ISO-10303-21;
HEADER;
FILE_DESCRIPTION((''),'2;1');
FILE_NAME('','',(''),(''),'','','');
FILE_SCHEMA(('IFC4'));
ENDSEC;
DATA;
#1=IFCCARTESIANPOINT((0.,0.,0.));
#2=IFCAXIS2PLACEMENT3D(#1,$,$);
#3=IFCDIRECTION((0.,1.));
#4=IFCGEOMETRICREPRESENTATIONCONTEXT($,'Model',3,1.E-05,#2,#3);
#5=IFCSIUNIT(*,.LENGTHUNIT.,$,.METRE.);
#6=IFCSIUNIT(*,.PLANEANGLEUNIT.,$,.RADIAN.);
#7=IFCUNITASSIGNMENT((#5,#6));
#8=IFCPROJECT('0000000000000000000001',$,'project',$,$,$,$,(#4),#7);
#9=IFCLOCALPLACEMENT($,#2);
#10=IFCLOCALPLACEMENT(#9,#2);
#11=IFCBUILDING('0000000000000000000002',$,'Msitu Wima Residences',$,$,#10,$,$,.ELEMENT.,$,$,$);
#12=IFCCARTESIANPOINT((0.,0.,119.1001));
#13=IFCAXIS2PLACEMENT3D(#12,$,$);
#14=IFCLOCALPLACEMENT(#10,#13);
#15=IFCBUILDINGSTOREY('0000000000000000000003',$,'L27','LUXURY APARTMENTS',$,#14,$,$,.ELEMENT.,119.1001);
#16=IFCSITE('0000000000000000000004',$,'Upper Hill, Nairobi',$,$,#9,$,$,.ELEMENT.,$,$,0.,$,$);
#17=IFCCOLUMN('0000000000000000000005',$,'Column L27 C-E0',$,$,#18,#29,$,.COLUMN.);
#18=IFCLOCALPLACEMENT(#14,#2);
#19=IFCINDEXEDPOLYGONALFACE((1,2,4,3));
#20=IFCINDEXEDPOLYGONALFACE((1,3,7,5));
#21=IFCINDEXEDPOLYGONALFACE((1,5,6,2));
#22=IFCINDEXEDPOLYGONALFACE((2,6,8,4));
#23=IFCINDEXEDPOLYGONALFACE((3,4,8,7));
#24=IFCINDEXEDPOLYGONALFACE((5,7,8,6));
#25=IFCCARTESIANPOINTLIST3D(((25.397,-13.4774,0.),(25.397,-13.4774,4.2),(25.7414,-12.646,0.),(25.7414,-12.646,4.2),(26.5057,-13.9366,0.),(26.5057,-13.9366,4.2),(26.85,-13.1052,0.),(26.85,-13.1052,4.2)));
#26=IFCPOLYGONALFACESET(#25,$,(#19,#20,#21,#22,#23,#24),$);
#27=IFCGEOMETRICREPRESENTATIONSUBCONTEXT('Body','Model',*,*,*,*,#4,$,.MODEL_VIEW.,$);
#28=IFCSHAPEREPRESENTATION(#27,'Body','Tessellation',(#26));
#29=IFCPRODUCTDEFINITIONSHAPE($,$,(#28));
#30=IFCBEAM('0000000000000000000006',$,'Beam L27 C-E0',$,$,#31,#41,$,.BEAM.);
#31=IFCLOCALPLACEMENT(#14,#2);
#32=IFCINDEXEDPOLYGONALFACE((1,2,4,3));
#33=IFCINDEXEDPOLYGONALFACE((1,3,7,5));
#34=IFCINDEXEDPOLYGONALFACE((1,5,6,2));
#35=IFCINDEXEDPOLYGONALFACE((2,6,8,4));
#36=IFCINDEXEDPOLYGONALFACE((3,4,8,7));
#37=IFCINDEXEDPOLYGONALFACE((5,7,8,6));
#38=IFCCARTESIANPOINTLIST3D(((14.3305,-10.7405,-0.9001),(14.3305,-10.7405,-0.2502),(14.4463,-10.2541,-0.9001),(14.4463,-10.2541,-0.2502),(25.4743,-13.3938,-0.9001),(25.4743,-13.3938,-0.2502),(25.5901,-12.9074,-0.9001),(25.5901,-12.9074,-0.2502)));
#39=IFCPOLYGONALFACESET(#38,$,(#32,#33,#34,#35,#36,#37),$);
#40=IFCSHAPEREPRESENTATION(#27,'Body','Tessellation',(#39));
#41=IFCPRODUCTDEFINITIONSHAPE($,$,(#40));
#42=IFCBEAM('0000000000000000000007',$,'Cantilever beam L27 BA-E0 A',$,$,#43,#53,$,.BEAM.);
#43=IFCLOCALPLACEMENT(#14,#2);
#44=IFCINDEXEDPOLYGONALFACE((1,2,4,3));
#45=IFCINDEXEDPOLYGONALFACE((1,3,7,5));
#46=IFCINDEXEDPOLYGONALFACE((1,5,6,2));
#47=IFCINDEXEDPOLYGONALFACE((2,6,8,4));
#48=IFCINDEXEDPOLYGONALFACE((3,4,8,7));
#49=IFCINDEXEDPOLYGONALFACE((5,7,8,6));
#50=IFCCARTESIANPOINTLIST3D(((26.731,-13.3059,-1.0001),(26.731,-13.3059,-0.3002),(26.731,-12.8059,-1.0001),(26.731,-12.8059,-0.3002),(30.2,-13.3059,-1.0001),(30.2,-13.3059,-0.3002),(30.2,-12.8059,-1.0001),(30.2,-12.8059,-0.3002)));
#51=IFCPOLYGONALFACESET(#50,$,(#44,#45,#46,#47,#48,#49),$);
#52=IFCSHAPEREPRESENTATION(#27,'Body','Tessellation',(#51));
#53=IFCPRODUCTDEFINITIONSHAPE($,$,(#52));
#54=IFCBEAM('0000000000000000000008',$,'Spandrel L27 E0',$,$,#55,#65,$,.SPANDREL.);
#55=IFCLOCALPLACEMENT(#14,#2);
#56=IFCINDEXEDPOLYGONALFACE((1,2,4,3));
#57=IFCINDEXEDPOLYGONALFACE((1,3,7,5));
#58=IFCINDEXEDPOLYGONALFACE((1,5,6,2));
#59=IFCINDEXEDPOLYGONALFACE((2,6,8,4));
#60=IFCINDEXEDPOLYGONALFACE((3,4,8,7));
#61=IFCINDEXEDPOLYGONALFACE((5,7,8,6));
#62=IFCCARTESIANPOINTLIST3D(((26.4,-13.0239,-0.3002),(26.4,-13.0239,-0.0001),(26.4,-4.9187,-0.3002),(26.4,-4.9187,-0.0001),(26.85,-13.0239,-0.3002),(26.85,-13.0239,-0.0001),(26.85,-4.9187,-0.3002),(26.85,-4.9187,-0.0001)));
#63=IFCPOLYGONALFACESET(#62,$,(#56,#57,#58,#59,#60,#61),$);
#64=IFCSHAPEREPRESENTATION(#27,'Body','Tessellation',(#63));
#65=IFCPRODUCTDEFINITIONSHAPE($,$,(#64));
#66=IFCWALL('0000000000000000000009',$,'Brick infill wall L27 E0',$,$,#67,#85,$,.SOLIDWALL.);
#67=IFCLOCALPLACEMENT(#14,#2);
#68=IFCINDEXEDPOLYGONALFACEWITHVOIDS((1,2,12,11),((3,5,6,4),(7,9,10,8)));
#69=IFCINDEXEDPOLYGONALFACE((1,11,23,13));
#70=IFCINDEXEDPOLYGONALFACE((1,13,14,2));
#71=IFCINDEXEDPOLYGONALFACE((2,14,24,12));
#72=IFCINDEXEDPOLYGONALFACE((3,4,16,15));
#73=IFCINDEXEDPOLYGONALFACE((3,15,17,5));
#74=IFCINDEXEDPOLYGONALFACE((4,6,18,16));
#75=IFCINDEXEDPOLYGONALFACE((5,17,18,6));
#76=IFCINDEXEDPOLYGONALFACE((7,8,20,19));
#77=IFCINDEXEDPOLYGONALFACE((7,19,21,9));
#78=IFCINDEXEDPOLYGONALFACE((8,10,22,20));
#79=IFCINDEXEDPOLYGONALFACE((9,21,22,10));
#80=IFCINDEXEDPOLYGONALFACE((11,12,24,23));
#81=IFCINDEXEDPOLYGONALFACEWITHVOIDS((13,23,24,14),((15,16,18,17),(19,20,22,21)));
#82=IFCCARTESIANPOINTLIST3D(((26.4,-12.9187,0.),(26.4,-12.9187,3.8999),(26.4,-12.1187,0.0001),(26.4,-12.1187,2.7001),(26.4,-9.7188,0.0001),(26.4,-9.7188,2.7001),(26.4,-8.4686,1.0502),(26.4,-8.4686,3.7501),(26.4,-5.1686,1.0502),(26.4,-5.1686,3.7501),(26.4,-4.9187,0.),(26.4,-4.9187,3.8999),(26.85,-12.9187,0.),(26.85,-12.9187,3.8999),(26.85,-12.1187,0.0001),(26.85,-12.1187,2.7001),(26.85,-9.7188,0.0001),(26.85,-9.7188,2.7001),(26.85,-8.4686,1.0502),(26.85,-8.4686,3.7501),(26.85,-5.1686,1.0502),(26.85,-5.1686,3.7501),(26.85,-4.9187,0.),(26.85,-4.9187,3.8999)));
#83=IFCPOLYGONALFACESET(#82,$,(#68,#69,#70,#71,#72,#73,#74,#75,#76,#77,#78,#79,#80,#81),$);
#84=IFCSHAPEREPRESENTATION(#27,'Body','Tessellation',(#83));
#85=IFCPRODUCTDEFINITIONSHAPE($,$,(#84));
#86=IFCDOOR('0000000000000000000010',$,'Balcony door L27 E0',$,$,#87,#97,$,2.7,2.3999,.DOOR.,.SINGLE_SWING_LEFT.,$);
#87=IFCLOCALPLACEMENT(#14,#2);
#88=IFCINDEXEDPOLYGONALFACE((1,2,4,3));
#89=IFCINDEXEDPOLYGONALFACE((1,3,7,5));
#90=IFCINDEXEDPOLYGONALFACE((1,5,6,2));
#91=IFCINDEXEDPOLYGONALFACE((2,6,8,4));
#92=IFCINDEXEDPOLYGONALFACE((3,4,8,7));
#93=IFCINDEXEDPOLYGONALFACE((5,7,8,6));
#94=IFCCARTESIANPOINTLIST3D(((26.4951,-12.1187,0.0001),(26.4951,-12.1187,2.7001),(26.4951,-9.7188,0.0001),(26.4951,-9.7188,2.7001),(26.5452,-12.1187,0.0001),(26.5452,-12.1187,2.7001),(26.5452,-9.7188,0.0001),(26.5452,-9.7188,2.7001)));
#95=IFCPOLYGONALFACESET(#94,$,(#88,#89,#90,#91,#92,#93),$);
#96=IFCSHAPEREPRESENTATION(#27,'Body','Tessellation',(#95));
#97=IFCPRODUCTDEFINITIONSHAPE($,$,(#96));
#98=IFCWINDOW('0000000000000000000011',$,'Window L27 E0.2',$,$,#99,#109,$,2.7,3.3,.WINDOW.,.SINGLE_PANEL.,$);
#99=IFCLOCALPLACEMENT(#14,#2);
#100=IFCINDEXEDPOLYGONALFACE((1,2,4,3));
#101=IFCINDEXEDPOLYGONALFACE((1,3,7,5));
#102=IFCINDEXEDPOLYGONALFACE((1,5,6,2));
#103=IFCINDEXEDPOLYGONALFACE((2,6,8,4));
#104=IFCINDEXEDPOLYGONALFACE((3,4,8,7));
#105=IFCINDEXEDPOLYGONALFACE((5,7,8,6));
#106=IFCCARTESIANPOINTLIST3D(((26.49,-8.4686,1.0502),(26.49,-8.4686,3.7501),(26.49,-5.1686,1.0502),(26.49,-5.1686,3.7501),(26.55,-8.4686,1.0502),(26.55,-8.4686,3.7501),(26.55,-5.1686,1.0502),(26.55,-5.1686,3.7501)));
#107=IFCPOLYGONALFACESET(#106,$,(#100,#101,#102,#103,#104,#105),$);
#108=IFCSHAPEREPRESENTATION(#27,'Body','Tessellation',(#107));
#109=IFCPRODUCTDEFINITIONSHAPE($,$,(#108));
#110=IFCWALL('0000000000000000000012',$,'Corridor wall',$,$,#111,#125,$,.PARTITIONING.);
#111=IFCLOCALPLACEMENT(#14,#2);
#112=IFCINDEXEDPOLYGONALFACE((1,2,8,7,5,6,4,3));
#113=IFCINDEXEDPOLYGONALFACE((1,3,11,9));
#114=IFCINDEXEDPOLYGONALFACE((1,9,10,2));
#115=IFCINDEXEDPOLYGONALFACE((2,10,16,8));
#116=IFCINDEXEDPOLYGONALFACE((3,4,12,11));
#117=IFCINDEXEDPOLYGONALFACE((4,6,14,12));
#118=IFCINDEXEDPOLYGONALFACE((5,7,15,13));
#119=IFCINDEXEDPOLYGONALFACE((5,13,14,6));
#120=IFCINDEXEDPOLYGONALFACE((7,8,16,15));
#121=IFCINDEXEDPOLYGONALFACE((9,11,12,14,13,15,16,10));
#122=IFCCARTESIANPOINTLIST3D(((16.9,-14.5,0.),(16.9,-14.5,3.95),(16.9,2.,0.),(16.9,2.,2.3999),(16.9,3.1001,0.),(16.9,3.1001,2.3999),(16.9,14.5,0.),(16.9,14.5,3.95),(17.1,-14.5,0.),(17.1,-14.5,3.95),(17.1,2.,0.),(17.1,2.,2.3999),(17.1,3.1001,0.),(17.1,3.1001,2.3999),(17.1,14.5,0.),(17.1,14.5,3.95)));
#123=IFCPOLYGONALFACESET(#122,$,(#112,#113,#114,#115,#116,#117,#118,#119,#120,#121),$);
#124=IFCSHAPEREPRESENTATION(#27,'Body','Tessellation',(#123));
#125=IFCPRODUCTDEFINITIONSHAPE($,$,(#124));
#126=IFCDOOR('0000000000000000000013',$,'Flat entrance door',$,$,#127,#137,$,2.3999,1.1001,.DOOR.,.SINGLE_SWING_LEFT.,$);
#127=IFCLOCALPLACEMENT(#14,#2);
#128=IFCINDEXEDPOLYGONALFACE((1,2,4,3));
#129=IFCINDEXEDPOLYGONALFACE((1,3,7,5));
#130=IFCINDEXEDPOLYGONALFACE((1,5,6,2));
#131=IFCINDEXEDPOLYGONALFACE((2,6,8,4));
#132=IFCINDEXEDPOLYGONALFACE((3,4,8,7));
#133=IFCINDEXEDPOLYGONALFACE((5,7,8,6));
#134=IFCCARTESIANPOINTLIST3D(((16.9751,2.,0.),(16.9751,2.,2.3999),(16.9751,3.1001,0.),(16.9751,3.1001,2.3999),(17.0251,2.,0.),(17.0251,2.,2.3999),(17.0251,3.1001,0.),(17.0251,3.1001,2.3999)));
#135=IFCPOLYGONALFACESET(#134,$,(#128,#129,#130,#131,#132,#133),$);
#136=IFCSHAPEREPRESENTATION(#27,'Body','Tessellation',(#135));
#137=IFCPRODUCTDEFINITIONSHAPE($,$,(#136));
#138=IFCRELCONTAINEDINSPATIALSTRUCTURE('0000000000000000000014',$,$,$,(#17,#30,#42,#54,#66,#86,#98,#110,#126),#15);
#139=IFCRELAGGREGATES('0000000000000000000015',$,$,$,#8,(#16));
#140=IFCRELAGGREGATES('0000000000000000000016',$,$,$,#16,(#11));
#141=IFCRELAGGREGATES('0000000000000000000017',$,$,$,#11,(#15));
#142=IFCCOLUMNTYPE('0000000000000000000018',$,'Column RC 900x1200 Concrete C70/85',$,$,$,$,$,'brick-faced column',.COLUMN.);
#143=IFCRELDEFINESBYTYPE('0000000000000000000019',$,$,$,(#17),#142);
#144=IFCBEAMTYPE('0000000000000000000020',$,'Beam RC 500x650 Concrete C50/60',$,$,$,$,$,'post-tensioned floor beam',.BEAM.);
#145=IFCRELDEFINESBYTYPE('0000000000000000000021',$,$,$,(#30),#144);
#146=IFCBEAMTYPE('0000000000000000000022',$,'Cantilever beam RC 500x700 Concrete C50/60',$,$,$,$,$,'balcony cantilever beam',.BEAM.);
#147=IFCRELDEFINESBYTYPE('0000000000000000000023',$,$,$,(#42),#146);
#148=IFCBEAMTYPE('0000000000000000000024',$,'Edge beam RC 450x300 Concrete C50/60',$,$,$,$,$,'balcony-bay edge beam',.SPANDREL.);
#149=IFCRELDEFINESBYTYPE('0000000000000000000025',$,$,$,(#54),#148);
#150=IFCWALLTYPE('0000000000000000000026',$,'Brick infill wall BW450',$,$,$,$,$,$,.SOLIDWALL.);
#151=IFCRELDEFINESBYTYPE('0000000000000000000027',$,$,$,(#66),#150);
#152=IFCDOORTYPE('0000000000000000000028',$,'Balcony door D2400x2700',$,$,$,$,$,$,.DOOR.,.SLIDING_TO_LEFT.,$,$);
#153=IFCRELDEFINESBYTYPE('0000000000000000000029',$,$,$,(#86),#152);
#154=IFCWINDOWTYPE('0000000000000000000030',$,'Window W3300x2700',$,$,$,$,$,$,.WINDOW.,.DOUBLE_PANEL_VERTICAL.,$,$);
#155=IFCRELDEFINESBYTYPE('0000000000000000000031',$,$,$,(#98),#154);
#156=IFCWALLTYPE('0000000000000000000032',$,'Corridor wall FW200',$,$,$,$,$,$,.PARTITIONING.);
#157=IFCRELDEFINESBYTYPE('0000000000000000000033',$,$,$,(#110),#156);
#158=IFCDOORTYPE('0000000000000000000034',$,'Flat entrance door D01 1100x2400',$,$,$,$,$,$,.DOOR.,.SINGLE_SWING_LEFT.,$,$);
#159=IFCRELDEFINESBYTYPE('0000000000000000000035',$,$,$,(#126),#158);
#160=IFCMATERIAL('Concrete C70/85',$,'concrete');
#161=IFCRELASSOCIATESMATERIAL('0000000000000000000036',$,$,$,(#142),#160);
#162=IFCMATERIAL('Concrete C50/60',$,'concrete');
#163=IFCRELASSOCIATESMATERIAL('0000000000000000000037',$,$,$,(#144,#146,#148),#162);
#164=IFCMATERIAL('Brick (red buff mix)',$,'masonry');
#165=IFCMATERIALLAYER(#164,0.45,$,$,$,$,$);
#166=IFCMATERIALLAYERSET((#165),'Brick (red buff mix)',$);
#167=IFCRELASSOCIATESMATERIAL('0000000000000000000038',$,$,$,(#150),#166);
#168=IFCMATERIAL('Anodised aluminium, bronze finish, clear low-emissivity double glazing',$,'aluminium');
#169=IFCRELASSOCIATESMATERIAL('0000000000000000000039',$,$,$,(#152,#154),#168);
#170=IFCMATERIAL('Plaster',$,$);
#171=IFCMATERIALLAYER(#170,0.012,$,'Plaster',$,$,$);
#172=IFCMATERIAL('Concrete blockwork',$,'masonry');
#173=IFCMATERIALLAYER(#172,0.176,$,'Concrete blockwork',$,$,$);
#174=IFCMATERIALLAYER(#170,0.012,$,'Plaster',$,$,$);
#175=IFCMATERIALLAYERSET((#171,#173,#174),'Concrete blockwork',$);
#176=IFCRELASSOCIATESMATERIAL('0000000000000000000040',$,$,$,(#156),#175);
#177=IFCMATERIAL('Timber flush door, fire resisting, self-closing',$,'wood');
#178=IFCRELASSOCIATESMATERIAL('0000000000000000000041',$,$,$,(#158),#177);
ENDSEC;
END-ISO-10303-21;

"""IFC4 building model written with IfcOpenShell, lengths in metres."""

from ifc_helpers import new_model, si_unit, direction, frame, frame_2d, origin, origin_2d, place, context, subcontext, project, spatial, rectangle, extrude, material, layer, layer_set, material_profile, profile_set, type_object, element, fill, save


model = new_model("IFC4")

# Units and contexts
model_context = context("Model", 3, precision=1e-05, world=origin(), true_north=direction((0.0, 1.0)))
body_context = subcontext(model_context, "Body", "Model", "MODEL_VIEW")
ifc_project = project(units=[si_unit("LENGTHUNIT", "METRE"), si_unit("PLANEANGLEUNIT", "RADIAN")], contexts=[model_context])

# Site, building, storey
site_placement = place(None, origin())
site = spatial("IfcSite", under=ifc_project, at=site_placement, Name="Upper Hill, Nairobi", CompositionType="ELEMENT", RefElevation=0.0)
building_placement = place(site_placement, origin())
building = spatial("IfcBuilding", under=site, at=building_placement, Name="Msitu Wima Residences", CompositionType="ELEMENT")
storey_placement = place(building_placement, frame((0.0, 0.0, 119.1001)))
storey = spatial("IfcBuildingStorey", under=building, at=storey_placement, Name="L27", Description="LUXURY APARTMENTS", CompositionType="ELEMENT", Elevation=119.1001)

# Column
ifc_material_1 = material(Name="Concrete C70/85", Category="concrete")
ifc_material_profile_1 = material_profile(ifc_material_1, rectangle(XDim=0.8999, YDim=1.2, at=origin_2d()), Name="RC 900x1200")
ifc_profile_set_1 = profile_set([ifc_material_profile_1], Name="Concrete C70/85")
column_type = type_object("IfcColumnType", Name="Column RC 900x1200 Concrete C70/85", ElementType="brick-faced column", PredefinedType="COLUMN", material=ifc_profile_set_1)
column_placement = place(storey_placement, frame((26.1235, -13.2913, 0.0), z_axis=(0.0, 0.0, 1.0), x_axis=(0.382683, 0.92388, 0.0)))
element("IfcColumn", 1, at=column_placement, inside=storey, type_object=column_type, Name="Column L27 C-E0", PredefinedType="COLUMN", context=body_context, shape_type="SweptSolid", body=[
    extrude(rectangle(XDim=0.8999, YDim=1.2, at=origin_2d()), origin(), (0.0, 0.0, 1.0), 4.2),
])

# Beams
ifc_material_2 = material(Name="Concrete C50/60", Category="concrete")
ifc_material_profile_2 = material_profile(ifc_material_2, rectangle(XDim=0.5, YDim=0.6499, at=origin_2d()), Name="RC 500x650")
ifc_profile_set_2 = profile_set([ifc_material_profile_2], Name="Concrete C50/60")
beam_type_1 = type_object("IfcBeamType", Name="Beam RC 500x650 Concrete C50/60", ElementType="post-tensioned floor beam", PredefinedType="BEAM", material=ifc_profile_set_2)
beam_1_placement = place(storey_placement, frame((25.5322, -13.1506, -0.5752), z_axis=(-0.972806, 0.231623, 0.0), x_axis=(-0.231623, -0.972806, 0.0)))
element("IfcBeam", 2, at=beam_1_placement, inside=storey, type_object=beam_type_1, Name="Beam L27 C-E0", PredefinedType="BEAM", context=body_context, shape_type="SweptSolid", body=[
    extrude(rectangle(XDim=0.5, YDim=0.6499, at=origin_2d()), origin(), (0.0, 0.0, 1.0), 11.4553),
])
ifc_material_profile_3 = material_profile(ifc_material_2, rectangle(XDim=0.5, YDim=0.7, at=origin_2d()), Name="RC 500x700")
ifc_profile_set_3 = profile_set([ifc_material_profile_3], Name="Concrete C50/60")
beam_type_2 = type_object("IfcBeamType", Name="Cantilever beam RC 500x700 Concrete C50/60", ElementType="balcony cantilever beam", PredefinedType="BEAM", material=ifc_profile_set_3)
beam_2_placement = place(storey_placement, frame((26.731, -13.0559, -0.6501), z_axis=(1.0, 0.0, 0.0), x_axis=(0.0, 1.0, 0.0)))
element("IfcBeam", 3, at=beam_2_placement, inside=storey, type_object=beam_type_2, Name="Cantilever beam L27 BA-E0 A", PredefinedType="BEAM", context=body_context, shape_type="SweptSolid", body=[
    extrude(rectangle(XDim=0.5, YDim=0.7, at=origin_2d()), origin(), (0.0, 0.0, 1.0), 3.469),
])
ifc_material_profile_4 = material_profile(ifc_material_2, rectangle(XDim=0.45, YDim=0.3, at=origin_2d()), Name="RC 450x300")
ifc_profile_set_4 = profile_set([ifc_material_profile_4], Name="Concrete C50/60")
beam_type_3 = type_object("IfcBeamType", Name="Edge beam RC 450x300 Concrete C50/60", ElementType="balcony-bay edge beam", PredefinedType="SPANDREL", material=ifc_profile_set_4)
beam_3_placement = place(storey_placement, frame((26.625, -13.0239, -0.1501), z_axis=(0.0, 1.0, 0.0), x_axis=(-1.0, 0.0, 0.0)))
element("IfcBeam", 4, at=beam_3_placement, inside=storey, type_object=beam_type_3, Name="Spandrel L27 E0", PredefinedType="SPANDREL", context=body_context, shape_type="SweptSolid", body=[
    extrude(rectangle(XDim=0.45, YDim=0.3, at=origin_2d()), origin(), (0.0, 0.0, 1.0), 8.1052),
])

# Wall, openings, door, window
ifc_material_3 = material(Name="Brick (red buff mix)", Category="masonry")
ifc_layer_1 = layer(ifc_material_3, 0.45)
ifc_layer_set_1 = layer_set([ifc_layer_1], Name="Brick (red buff mix)")
wall_type_1 = type_object("IfcWallType", Name="Brick infill wall BW450", PredefinedType="SOLIDWALL", material=ifc_layer_set_1)
wall_1_placement = place(storey_placement, frame((26.625, -12.9187, 0.0), z_axis=(0.0, 0.0, 1.0), x_axis=(0.0, 1.0, 0.0)))
wall_1 = element("IfcWall", 5, at=wall_1_placement, inside=storey, type_object=wall_type_1, Name="Brick infill wall L27 E0", PredefinedType="SOLIDWALL", context=body_context, shape_type="SweptSolid", body=[
    extrude(rectangle(XDim=8.0, YDim=0.45, at=frame_2d((4.0, 0.0))), origin(), (0.0, 0.0, 1.0), 3.8999),
])
opening_1_placement = place(wall_1_placement, frame((0.8, 0.0, 0.0)))
opening_1 = element("IfcOpeningElement", 6, at=opening_1_placement, cuts=wall_1, PredefinedType="OPENING", context=body_context, shape_type="SweptSolid", body=[
    extrude(rectangle(XDim=2.3999, YDim=2.7, at=frame_2d((1.2, 1.3501))), frame((0.0, 0.2349, 0.0), z_axis=(0.0, -1.0, 0.0), x_axis=(1.0, 0.0, 0.0)), (0.0, 0.0, 1.0), 0.47),
])
opening_2_placement = place(wall_1_placement, frame((4.4502, 0.0, 1.05)))
opening_2 = element("IfcOpeningElement", 7, at=opening_2_placement, cuts=wall_1, PredefinedType="OPENING", context=body_context, shape_type="SweptSolid", body=[
    extrude(rectangle(XDim=3.3, YDim=2.7, at=frame_2d((1.6499, 1.3501))), frame((0.0, 0.2349, 0.0), z_axis=(0.0, -1.0, 0.0), x_axis=(1.0, 0.0, 0.0)), (0.0, 0.0, 1.0), 0.47),
])
ifc_material_4 = material(Name="Anodised aluminium, bronze finish, clear low-emissivity double glazing", Category="aluminium")
door_type_1 = type_object("IfcDoorType", Name="Balcony door D2400x2700", OperationType="SLIDING_TO_LEFT", PredefinedType="DOOR", material=ifc_material_4)
door_1_placement = place(opening_1_placement, origin())
door_1 = element("IfcDoor", 8, at=door_1_placement, inside=storey, type_object=door_type_1, Name="Balcony door L27 E0", OperationType="SINGLE_SWING_LEFT", OverallHeight=2.7, OverallWidth=2.3999, PredefinedType="DOOR", context=body_context, shape_type="SweptSolid", body=[
    extrude(rectangle(XDim=2.3999, YDim=2.7, at=frame_2d((1.2, 1.3501))), frame((0.0, 0.1299, 0.0), z_axis=(0.0, -1.0, 0.0), x_axis=(1.0, 0.0, 0.0)), (0.0, 0.0, 1.0), 0.05),
])
fill(opening_1, door_1)
window_type = type_object("IfcWindowType", Name="Window W3300x2700", PartitioningType="DOUBLE_PANEL_VERTICAL", PredefinedType="WINDOW", material=ifc_material_4)
window_placement = place(opening_2_placement, origin())
window = element("IfcWindow", 9, at=window_placement, inside=storey, type_object=window_type, Name="Window L27 E0.2", OverallHeight=2.7, OverallWidth=3.3, PartitioningType="SINGLE_PANEL", PredefinedType="WINDOW", context=body_context, shape_type="SweptSolid", body=[
    extrude(rectangle(XDim=3.3, YDim=2.7, at=frame_2d((1.6499, 1.3501))), frame((0.0, 0.135, 0.0), z_axis=(0.0, -1.0, 0.0), x_axis=(1.0, 0.0, 0.0)), (0.0, 0.0, 1.0), 0.0601),
])
fill(opening_2, window)

# Wall, opening, door
ifc_material_5 = material(Name="Plaster")
ifc_layer_2 = layer(ifc_material_5, 0.012, Name="Plaster")
ifc_material_6 = material(Name="Concrete blockwork", Category="masonry")
ifc_layer_3 = layer(ifc_material_6, 0.176, Name="Concrete blockwork")
ifc_layer_4 = layer(ifc_material_5, 0.012, Name="Plaster")
ifc_layer_set_2 = layer_set([ifc_layer_2, ifc_layer_3, ifc_layer_4], Name="Concrete blockwork")
wall_type_2 = type_object("IfcWallType", Name="Corridor wall FW200", PredefinedType="PARTITIONING", material=ifc_layer_set_2)
wall_2_placement = place(storey_placement, frame((17.0, -14.5, 0.0), z_axis=(0.0, 0.0, 1.0), x_axis=(0.0, 1.0, 0.0)))
wall_2 = element("IfcWall", 10, at=wall_2_placement, inside=storey, type_object=wall_type_2, Name="Corridor wall", PredefinedType="PARTITIONING", context=body_context, shape_type="SweptSolid", body=[
    extrude(rectangle(XDim=29.0, YDim=0.2, at=frame_2d((14.5, 0.0))), origin(), (0.0, 0.0, 1.0), 3.95),
])
opening_3_placement = place(wall_2_placement, frame((16.5, 0.0, 0.0)))
opening_3 = element("IfcOpeningElement", 11, at=opening_3_placement, cuts=wall_2, PredefinedType="OPENING", context=body_context, shape_type="SweptSolid", body=[
    extrude(rectangle(XDim=1.1001, YDim=2.3999, at=frame_2d((0.55, 1.2))), frame((0.0, 0.1099, 0.0), z_axis=(0.0, -1.0, 0.0), x_axis=(1.0, 0.0, 0.0)), (0.0, 0.0, 1.0), 0.22),
])
ifc_material_7 = material(Name="Timber flush door, fire resisting, self-closing", Category="wood")
door_type_2 = type_object("IfcDoorType", Name="Flat entrance door D01 1100x2400", OperationType="SINGLE_SWING_LEFT", PredefinedType="DOOR", material=ifc_material_7)
door_2_placement = place(opening_3_placement, origin())
door_2 = element("IfcDoor", 12, at=door_2_placement, inside=storey, type_object=door_type_2, Name="Flat entrance door", OperationType="SINGLE_SWING_LEFT", OverallHeight=2.3999, OverallWidth=1.1001, PredefinedType="DOOR", context=body_context, shape_type="SweptSolid", body=[
    extrude(rectangle(XDim=1.1001, YDim=2.3999, at=frame_2d((0.55, 1.2))), frame((0.0, 0.0249, 0.0), z_axis=(0.0, -1.0, 0.0), x_axis=(1.0, 0.0, 0.0)), (0.0, 0.0, 1.0), 0.05),
])
fill(opening_3, door_2)

save(model, "model.ifc")
